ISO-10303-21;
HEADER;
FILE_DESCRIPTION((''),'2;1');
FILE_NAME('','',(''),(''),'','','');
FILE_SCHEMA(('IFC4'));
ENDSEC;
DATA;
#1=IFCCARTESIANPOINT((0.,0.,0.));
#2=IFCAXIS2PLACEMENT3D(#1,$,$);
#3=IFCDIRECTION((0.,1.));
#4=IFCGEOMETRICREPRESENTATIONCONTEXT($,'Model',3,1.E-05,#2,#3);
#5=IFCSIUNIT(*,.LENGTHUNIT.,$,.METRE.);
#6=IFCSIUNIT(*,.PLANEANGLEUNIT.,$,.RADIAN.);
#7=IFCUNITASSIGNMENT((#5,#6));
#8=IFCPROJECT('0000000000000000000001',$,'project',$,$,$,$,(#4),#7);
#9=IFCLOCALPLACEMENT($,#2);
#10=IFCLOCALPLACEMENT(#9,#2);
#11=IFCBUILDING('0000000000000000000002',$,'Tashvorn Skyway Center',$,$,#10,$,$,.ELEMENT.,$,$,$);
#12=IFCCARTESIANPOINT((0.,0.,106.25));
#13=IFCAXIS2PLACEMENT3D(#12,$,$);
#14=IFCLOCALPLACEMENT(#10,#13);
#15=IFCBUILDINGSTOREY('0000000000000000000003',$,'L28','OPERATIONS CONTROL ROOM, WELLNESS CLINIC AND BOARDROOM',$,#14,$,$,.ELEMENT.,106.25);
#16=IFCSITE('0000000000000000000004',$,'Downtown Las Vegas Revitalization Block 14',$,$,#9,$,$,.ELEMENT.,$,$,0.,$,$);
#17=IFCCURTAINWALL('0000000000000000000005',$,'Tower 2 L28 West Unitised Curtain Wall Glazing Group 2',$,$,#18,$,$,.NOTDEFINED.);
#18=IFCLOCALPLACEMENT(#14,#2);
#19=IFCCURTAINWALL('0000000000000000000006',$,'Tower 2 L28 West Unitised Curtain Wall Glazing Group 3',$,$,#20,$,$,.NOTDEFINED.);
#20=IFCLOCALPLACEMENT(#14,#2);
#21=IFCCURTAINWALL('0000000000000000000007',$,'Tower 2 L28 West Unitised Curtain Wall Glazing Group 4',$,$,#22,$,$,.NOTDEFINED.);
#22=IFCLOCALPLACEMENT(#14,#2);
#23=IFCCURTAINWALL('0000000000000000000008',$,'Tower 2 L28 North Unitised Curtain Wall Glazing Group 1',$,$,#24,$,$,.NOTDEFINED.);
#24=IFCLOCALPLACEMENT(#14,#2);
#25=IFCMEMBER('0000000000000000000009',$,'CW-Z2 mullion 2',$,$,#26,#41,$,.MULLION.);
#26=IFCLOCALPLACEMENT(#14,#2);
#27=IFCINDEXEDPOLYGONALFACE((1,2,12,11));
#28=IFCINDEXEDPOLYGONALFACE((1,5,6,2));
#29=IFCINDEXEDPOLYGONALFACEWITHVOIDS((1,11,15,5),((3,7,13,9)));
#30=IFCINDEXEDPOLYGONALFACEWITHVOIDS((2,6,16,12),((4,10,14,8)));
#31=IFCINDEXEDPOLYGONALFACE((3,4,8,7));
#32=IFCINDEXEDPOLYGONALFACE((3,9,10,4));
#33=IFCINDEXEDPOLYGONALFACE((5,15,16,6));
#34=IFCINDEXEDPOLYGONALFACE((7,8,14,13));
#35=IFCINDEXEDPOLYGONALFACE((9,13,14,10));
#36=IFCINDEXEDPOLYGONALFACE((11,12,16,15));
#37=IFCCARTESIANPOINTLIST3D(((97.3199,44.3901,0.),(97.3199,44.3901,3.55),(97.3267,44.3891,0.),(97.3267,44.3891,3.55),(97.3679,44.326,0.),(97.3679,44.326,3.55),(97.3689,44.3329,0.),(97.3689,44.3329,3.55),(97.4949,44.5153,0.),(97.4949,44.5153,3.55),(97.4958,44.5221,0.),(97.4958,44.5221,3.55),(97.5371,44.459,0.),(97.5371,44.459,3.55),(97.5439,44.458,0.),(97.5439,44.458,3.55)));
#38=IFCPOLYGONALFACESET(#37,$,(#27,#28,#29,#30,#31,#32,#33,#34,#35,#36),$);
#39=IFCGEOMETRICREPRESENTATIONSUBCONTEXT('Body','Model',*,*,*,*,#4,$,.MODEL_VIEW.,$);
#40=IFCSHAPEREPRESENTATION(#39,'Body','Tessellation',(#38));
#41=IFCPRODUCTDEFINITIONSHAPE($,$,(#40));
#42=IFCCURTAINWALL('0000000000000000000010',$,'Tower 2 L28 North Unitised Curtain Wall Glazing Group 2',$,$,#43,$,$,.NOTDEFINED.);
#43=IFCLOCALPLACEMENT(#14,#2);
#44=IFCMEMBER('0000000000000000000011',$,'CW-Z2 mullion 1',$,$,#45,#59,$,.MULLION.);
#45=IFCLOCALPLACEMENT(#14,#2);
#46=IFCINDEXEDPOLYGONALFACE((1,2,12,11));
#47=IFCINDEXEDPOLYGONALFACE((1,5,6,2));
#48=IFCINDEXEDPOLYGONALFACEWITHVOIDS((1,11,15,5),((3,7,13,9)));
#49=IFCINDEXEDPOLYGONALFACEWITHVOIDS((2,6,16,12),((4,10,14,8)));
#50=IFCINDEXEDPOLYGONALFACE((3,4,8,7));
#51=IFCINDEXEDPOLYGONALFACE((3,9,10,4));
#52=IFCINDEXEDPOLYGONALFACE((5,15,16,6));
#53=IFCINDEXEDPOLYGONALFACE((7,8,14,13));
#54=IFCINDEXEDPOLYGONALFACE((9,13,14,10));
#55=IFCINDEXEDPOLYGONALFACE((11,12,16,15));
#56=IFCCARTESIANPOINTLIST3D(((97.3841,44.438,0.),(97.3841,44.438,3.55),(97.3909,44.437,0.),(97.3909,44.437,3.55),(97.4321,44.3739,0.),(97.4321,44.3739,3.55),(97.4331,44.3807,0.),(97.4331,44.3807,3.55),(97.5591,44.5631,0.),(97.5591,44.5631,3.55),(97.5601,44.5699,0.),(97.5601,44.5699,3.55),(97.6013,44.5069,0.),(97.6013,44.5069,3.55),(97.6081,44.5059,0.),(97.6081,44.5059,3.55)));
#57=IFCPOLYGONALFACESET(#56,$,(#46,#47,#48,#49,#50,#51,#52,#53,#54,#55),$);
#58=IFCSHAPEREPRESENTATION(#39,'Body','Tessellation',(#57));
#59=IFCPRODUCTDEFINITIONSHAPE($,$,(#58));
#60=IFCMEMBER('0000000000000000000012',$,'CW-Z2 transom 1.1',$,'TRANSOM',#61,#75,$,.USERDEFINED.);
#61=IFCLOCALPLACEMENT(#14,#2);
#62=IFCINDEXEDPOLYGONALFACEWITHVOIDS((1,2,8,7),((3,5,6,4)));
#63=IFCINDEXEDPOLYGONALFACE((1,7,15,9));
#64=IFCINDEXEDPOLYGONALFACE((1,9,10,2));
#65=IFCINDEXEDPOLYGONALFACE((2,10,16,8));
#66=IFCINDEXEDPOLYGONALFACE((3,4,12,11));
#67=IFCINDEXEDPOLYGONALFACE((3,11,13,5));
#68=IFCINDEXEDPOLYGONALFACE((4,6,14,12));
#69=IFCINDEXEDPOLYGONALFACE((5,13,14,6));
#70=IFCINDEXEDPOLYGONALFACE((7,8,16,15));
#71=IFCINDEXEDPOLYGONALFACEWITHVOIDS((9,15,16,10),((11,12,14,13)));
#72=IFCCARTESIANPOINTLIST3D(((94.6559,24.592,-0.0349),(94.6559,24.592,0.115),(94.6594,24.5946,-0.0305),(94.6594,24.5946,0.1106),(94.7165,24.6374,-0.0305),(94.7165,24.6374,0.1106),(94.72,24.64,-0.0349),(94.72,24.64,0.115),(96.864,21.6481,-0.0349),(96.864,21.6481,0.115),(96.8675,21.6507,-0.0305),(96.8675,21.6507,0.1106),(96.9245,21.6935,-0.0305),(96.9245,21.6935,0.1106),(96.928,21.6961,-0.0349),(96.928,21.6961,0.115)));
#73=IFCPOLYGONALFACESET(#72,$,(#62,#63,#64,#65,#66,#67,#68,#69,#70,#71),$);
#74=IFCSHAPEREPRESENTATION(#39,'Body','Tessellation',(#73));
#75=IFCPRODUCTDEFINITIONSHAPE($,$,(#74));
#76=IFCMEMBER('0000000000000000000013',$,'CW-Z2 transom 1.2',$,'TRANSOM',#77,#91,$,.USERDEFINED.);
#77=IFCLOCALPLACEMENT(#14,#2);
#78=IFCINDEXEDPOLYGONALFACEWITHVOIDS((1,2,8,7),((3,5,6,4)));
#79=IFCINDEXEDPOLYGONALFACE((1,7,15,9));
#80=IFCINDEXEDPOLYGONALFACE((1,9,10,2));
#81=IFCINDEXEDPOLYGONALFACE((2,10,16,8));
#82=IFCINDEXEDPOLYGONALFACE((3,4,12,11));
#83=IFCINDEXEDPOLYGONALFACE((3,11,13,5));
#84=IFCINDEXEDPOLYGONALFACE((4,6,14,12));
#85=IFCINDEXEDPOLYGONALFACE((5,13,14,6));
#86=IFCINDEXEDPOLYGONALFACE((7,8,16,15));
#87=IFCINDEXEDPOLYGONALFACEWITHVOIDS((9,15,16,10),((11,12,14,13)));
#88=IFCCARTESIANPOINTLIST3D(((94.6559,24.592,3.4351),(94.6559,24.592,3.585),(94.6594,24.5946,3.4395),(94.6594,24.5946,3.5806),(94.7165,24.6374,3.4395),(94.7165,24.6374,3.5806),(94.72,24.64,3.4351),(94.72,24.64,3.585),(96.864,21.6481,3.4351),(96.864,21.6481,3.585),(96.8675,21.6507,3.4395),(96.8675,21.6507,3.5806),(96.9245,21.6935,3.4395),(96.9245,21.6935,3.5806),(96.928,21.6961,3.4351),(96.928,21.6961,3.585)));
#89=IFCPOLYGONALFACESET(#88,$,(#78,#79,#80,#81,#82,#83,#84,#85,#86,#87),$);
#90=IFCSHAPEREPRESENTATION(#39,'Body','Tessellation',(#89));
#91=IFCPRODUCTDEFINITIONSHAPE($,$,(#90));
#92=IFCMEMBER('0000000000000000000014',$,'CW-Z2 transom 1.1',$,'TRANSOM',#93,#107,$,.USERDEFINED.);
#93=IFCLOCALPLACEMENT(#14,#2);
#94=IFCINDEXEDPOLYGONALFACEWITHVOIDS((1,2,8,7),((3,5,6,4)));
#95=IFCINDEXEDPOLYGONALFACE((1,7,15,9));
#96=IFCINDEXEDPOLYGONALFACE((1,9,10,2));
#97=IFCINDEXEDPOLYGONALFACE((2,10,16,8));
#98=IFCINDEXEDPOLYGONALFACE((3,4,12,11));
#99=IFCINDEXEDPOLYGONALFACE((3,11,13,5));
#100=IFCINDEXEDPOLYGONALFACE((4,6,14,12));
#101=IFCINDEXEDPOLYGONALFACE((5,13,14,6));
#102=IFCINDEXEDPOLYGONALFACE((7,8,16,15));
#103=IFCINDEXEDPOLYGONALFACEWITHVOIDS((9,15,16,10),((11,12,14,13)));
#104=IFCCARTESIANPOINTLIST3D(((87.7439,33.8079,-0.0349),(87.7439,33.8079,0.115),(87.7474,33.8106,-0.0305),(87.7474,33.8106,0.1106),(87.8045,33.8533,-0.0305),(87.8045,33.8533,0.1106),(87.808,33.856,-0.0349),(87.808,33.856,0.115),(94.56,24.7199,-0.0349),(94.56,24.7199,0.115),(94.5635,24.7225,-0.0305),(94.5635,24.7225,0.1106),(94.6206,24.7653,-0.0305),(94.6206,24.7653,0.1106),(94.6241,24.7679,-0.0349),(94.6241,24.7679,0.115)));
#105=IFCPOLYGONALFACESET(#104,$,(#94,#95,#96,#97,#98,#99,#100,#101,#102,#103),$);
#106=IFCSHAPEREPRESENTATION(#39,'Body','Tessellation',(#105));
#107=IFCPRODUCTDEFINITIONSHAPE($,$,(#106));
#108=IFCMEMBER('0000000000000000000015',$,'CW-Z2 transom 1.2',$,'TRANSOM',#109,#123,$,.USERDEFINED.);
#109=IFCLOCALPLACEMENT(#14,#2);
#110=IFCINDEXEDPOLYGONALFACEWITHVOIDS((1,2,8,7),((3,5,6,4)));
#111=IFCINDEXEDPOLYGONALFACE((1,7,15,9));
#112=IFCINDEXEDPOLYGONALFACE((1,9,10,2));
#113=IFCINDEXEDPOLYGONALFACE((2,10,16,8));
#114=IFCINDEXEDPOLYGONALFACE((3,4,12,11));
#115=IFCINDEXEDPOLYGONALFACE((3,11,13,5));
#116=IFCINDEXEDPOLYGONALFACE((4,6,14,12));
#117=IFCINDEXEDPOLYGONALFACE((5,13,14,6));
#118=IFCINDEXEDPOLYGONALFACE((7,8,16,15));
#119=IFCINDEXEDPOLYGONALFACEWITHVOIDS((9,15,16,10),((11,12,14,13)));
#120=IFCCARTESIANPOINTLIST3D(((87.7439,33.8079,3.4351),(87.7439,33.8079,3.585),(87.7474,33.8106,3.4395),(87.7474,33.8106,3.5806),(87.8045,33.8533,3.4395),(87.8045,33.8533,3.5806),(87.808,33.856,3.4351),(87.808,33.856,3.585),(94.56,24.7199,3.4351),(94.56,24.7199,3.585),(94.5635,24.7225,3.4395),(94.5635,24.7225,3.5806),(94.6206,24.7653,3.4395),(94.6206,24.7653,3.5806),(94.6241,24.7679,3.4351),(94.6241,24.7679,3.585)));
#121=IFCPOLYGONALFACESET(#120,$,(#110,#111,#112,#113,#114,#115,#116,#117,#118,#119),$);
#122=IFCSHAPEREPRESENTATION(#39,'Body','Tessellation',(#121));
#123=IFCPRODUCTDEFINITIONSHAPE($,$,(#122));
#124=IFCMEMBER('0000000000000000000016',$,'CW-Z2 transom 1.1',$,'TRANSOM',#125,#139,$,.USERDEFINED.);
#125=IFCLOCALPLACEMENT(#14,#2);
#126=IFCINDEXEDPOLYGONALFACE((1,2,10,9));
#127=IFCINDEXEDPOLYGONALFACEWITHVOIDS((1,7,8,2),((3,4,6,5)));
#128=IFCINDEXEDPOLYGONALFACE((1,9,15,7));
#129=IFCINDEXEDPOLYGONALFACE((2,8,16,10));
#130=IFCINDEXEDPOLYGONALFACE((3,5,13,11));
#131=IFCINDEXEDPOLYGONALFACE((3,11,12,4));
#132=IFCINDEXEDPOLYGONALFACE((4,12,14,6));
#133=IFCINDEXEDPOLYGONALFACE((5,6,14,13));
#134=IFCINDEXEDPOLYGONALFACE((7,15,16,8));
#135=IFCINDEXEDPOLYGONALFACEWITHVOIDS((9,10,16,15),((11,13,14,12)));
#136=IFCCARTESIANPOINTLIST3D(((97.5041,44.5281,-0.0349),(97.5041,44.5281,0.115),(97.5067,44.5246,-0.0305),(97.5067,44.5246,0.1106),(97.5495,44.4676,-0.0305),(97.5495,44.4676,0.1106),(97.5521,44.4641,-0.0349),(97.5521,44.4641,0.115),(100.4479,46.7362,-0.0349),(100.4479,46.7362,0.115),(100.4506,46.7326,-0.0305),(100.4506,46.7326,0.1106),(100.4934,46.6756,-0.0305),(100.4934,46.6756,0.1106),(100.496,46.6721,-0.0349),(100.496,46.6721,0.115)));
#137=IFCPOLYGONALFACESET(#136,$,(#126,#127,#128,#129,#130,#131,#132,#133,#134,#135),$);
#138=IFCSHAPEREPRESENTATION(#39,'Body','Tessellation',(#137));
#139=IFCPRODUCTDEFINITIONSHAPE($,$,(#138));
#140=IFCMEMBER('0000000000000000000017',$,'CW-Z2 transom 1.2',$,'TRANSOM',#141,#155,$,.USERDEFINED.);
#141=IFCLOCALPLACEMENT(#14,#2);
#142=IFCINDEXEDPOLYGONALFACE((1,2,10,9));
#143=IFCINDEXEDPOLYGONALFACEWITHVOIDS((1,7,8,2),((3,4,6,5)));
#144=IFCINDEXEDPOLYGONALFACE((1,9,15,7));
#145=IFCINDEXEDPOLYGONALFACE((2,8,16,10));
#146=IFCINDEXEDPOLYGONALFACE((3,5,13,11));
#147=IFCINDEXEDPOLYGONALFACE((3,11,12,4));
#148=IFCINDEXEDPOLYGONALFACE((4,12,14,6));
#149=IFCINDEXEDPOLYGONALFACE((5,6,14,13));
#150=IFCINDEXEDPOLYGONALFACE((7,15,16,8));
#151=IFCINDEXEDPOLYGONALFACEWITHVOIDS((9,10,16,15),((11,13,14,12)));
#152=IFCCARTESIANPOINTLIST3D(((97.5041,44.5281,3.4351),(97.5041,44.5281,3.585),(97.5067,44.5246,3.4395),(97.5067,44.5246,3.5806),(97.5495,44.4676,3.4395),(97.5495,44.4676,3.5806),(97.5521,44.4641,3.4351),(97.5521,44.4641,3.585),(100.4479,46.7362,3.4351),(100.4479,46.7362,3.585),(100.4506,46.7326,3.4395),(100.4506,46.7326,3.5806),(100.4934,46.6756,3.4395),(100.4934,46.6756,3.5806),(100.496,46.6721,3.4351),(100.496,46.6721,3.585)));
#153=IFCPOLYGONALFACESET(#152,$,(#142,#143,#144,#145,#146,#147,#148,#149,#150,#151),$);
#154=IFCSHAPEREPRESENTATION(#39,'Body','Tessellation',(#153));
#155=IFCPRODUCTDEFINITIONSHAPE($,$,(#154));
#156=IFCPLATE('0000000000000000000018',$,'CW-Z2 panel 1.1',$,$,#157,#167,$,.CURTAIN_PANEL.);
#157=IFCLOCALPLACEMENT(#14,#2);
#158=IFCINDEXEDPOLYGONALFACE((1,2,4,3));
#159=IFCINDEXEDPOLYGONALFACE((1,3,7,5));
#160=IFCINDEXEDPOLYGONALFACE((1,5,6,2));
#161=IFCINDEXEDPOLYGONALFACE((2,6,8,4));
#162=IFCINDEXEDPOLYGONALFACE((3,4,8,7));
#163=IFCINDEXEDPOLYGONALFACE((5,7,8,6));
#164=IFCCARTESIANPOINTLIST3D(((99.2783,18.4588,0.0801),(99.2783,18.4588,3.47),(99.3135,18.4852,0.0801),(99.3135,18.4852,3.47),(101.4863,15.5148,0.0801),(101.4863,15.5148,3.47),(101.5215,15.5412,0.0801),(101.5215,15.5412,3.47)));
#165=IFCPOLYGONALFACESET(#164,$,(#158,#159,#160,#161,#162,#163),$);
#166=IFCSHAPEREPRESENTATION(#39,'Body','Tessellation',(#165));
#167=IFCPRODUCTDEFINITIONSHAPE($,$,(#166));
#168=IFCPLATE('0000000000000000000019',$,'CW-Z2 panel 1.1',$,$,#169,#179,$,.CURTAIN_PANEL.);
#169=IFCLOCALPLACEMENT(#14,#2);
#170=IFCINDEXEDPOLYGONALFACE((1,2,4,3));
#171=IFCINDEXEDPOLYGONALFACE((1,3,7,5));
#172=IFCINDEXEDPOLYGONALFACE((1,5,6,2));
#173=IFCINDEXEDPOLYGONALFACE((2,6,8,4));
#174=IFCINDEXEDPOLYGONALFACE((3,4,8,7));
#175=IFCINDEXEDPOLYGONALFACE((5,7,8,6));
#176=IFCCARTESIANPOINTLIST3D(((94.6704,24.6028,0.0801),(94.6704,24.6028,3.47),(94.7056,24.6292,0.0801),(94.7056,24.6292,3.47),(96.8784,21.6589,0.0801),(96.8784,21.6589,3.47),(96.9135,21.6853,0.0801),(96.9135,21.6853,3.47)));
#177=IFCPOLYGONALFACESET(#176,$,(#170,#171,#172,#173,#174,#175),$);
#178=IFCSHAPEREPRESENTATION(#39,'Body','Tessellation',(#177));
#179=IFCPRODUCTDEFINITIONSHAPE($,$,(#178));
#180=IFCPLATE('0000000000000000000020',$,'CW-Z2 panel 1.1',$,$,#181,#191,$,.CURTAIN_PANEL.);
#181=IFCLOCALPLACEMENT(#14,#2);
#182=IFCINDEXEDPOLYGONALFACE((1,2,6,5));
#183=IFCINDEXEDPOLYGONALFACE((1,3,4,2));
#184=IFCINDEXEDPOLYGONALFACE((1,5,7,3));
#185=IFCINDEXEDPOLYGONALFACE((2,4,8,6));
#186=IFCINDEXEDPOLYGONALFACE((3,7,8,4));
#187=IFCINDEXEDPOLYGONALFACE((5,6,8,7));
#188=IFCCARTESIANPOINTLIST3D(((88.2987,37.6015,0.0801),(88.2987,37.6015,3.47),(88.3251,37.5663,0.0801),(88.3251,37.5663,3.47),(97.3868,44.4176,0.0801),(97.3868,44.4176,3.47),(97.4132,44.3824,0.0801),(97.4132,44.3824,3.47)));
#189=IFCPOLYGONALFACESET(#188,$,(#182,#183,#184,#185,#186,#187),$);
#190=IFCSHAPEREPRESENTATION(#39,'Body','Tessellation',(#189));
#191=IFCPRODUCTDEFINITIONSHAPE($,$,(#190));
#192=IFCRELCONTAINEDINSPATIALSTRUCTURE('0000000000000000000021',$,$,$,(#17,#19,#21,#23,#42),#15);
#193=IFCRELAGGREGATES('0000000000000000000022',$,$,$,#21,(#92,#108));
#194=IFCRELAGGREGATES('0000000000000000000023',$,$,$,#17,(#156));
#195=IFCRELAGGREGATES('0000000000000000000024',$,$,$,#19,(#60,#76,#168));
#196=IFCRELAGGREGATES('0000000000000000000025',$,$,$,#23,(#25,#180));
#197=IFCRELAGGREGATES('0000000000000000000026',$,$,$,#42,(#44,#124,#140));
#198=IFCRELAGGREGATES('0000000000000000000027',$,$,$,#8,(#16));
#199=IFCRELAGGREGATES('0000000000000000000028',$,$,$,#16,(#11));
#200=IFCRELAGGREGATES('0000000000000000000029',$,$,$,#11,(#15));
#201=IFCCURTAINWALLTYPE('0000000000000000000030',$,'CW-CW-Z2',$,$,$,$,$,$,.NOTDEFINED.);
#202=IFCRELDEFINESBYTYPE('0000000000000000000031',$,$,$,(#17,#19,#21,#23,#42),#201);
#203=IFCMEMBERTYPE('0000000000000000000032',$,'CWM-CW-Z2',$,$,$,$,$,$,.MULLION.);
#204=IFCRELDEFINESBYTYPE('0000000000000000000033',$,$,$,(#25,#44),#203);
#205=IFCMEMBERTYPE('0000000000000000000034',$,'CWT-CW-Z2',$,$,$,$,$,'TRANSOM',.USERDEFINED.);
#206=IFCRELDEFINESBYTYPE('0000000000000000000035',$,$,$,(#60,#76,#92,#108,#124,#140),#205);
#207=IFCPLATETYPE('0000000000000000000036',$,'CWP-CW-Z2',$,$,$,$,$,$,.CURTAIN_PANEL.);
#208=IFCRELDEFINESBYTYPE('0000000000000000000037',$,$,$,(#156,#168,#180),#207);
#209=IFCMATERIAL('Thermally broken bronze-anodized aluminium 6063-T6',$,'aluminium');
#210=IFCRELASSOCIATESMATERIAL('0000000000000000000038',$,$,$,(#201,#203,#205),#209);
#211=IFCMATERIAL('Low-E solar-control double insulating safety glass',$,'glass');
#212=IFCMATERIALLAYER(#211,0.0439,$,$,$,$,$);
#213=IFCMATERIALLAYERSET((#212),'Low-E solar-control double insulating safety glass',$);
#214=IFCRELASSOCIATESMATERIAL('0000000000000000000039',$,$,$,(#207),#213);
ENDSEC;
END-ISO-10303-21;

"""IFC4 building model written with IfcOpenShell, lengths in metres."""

from ifc_helpers import new_model, si_unit, direction, frame, origin, origin_2d, place, context, subcontext, project, spatial, rectangle, hollow_rectangle, extrude, material, layer, layer_set, material_profile, profile_set, type_object, element, aggregate, save


model = new_model("IFC4")

# Units and contexts
model_context = context("Model", 3, precision=1e-05, world=origin(), true_north=direction((0.0, 1.0)))
body_context = subcontext(model_context, "Body", "Model", "MODEL_VIEW")
ifc_project = project(units=[si_unit("LENGTHUNIT", "METRE"), si_unit("PLANEANGLEUNIT", "RADIAN")], contexts=[model_context])

# Site, building, storey
site_placement = place(None, origin())
site = spatial("IfcSite", under=ifc_project, at=site_placement, Name="Downtown Las Vegas Revitalization Block 14", CompositionType="ELEMENT", RefElevation=0.0)
building_placement = place(site_placement, origin())
building = spatial("IfcBuilding", under=site, at=building_placement, Name="Tashvorn Skyway Center", CompositionType="ELEMENT")
storey_placement = place(building_placement, frame((0.0, 0.0, 106.25)))
storey = spatial("IfcBuildingStorey", under=building, at=storey_placement, Name="L28", Description="OPERATIONS CONTROL ROOM, WELLNESS CLINIC AND BOARDROOM", CompositionType="ELEMENT", Elevation=106.25)

# Curtain wall
ifc_material_1 = material(Name="Thermally broken bronze-anodized aluminium 6063-T6", Category="aluminium")
curtain_wall_type = type_object("IfcCurtainWallType", Name="CW-CW-Z2", PredefinedType="NOTDEFINED", material=ifc_material_1)
curtain_wall_1_placement = place(storey_placement, origin())
curtain_wall_1 = element("IfcCurtainWall", 1, at=curtain_wall_1_placement, inside=storey, type_object=curtain_wall_type, Name="Tower 2 L28 West Unitised Curtain Wall Glazing Group 2", PredefinedType="NOTDEFINED")
ifc_material_profile_1 = material_profile(ifc_material_1, hollow_rectangle(XDim=0.0801, YDim=0.22, WallThickness=0.0049, at=origin_2d()), Name="ALU-MULL-80x220")
ifc_profile_set_1 = profile_set([ifc_material_profile_1], Name="Thermally broken bronze-anodized aluminium 6063-T6")
member_type_1 = type_object("IfcMemberType", Name="CWM-CW-Z2", PredefinedType="MULLION", material=ifc_profile_set_1)

# Curtain wall
curtain_wall_2_placement = place(storey_placement, origin())
curtain_wall_2 = element("IfcCurtainWall", 2, at=curtain_wall_2_placement, inside=storey, type_object=curtain_wall_type, Name="Tower 2 L28 West Unitised Curtain Wall Glazing Group 3", PredefinedType="NOTDEFINED")

# Curtain walls, members
curtain_wall_3_placement = place(storey_placement, origin())
curtain_wall_3 = element("IfcCurtainWall", 3, at=curtain_wall_3_placement, inside=storey, type_object=curtain_wall_type, Name="Tower 2 L28 West Unitised Curtain Wall Glazing Group 4", PredefinedType="NOTDEFINED")
curtain_wall_4_placement = place(storey_placement, origin())
curtain_wall_4 = element("IfcCurtainWall", 4, at=curtain_wall_4_placement, inside=storey, type_object=curtain_wall_type, Name="Tower 2 L28 North Unitised Curtain Wall Glazing Group 1", PredefinedType="NOTDEFINED")
member_1_placement = place(storey_placement, frame((97.4319, 44.4241, 0.0), z_axis=(0.0, 0.0, 1.0), x_axis=(-0.6, 0.8, 0.0)))
member_1 = element("IfcMember", 5, at=member_1_placement, type_object=member_type_1, Name="CW-Z2 mullion 2", PredefinedType="MULLION", context=body_context, shape_type="SweptSolid", body=[
    extrude(hollow_rectangle(XDim=0.0801, YDim=0.22, WallThickness=0.0049, at=origin_2d()), origin(), (0.0, 0.0, 1.0), 3.55),
])
curtain_wall_5_placement = place(storey_placement, origin())
curtain_wall_5 = element("IfcCurtainWall", 6, at=curtain_wall_5_placement, inside=storey, type_object=curtain_wall_type, Name="Tower 2 L28 North Unitised Curtain Wall Glazing Group 2", PredefinedType="NOTDEFINED")
member_2_placement = place(storey_placement, frame((97.4961, 44.4719, 0.0), z_axis=(0.0, 0.0, 1.0), x_axis=(-0.6, 0.8, 0.0)))
member_2 = element("IfcMember", 7, at=member_2_placement, type_object=member_type_1, Name="CW-Z2 mullion 1", PredefinedType="MULLION", context=body_context, shape_type="SweptSolid", body=[
    extrude(hollow_rectangle(XDim=0.0801, YDim=0.22, WallThickness=0.0049, at=origin_2d()), origin(), (0.0, 0.0, 1.0), 3.55),
])

# Members
ifc_material_profile_2 = material_profile(ifc_material_1, hollow_rectangle(XDim=0.0801, YDim=0.1499, WallThickness=0.0044, at=origin_2d()), Name="ALU-TRAN-80x150")
ifc_profile_set_2 = profile_set([ifc_material_profile_2], Name="Thermally broken bronze-anodized aluminium 6063-T6")
member_type_2 = type_object("IfcMemberType", Name="CWT-CW-Z2", ElementType="TRANSOM", PredefinedType="USERDEFINED", material=ifc_profile_set_2)
member_3_placement = place(storey_placement, frame((96.896, 21.6721, 0.04), z_axis=(-0.600021, 0.799984, 0.0), x_axis=(-0.799984, -0.600021, 0.0)))
member_3 = element("IfcMember", 8, at=member_3_placement, type_object=member_type_2, Name="CW-Z2 transom 1.1", ObjectType="TRANSOM", PredefinedType="USERDEFINED", context=body_context, shape_type="SweptSolid", body=[
    extrude(hollow_rectangle(XDim=0.0801, YDim=0.1499, WallThickness=0.0044, at=origin_2d()), origin(), (0.0, 0.0, 1.0), 3.6799),
])
member_4_placement = place(storey_placement, frame((96.896, 21.6721, 3.51), z_axis=(-0.600021, 0.799984, 0.0), x_axis=(-0.799984, -0.600021, 0.0)))
member_4 = element("IfcMember", 9, at=member_4_placement, type_object=member_type_2, Name="CW-Z2 transom 1.2", ObjectType="TRANSOM", PredefinedType="USERDEFINED", context=body_context, shape_type="SweptSolid", body=[
    extrude(hollow_rectangle(XDim=0.0801, YDim=0.1499, WallThickness=0.0044, at=origin_2d()), origin(), (0.0, 0.0, 1.0), 3.6799),
])
member_5_placement = place(storey_placement, frame((94.592, 24.7439, 0.04), z_axis=(-0.600003, 0.799997, 0.0), x_axis=(-0.799997, -0.600003, 0.0)))
member_5 = element("IfcMember", 10, at=member_5_placement, type_object=member_type_2, Name="CW-Z2 transom 1.1", ObjectType="TRANSOM", PredefinedType="USERDEFINED", context=body_context, shape_type="SweptSolid", body=[
    extrude(hollow_rectangle(XDim=0.0801, YDim=0.1499, WallThickness=0.0044, at=origin_2d()), origin(), (0.0, 0.0, 1.0), 11.3601),
])
member_6_placement = place(storey_placement, frame((94.592, 24.7439, 3.51), z_axis=(-0.600003, 0.799997, 0.0), x_axis=(-0.799997, -0.600003, 0.0)))
member_6 = element("IfcMember", 11, at=member_6_placement, type_object=member_type_2, Name="CW-Z2 transom 1.2", ObjectType="TRANSOM", PredefinedType="USERDEFINED", context=body_context, shape_type="SweptSolid", body=[
    extrude(hollow_rectangle(XDim=0.0801, YDim=0.1499, WallThickness=0.0044, at=origin_2d()), origin(), (0.0, 0.0, 1.0), 11.3601),
])
aggregate(curtain_wall_3, [member_5, member_6])
member_7_placement = place(storey_placement, frame((97.5281, 44.4961, 0.04), z_axis=(0.799984, 0.600021, 0.0), x_axis=(-0.600021, 0.799984, 0.0)))
member_7 = element("IfcMember", 12, at=member_7_placement, type_object=member_type_2, Name="CW-Z2 transom 1.1", ObjectType="TRANSOM", PredefinedType="USERDEFINED", context=body_context, shape_type="SweptSolid", body=[
    extrude(hollow_rectangle(XDim=0.0801, YDim=0.1499, WallThickness=0.0044, at=origin_2d()), origin(), (0.0, 0.0, 1.0), 3.6799),
])
member_8_placement = place(storey_placement, frame((97.5281, 44.4961, 3.51), z_axis=(0.799984, 0.600021, 0.0), x_axis=(-0.600021, 0.799984, 0.0)))
member_8 = element("IfcMember", 13, at=member_8_placement, type_object=member_type_2, Name="CW-Z2 transom 1.2", ObjectType="TRANSOM", PredefinedType="USERDEFINED", context=body_context, shape_type="SweptSolid", body=[
    extrude(hollow_rectangle(XDim=0.0801, YDim=0.1499, WallThickness=0.0044, at=origin_2d()), origin(), (0.0, 0.0, 1.0), 3.6799),
])

# Plates
ifc_material_2 = material(Name="Low-E solar-control double insulating safety glass", Category="glass")
ifc_layer_1 = layer(ifc_material_2, 0.0439)
ifc_layer_set_1 = layer_set([ifc_layer_1], Name="Low-E solar-control double insulating safety glass")
plate_type_1 = type_object("IfcPlateType", Name="CWP-CW-Z2", PredefinedType="CURTAIN_PANEL", material=ifc_layer_set_1)
plate_1_placement = place(storey_placement, frame((100.3999, 17.0, 0.0801), z_axis=(0.0, 0.0, 1.0), x_axis=(-0.6, 0.8, 0.0)))
plate_1 = element("IfcPlate", 14, at=plate_1_placement, type_object=plate_type_1, Name="CW-Z2 panel 1.1", PredefinedType="CURTAIN_PANEL", context=body_context, shape_type="SweptSolid", body=[
    extrude(rectangle(XDim=3.6799, YDim=0.0439, at=origin_2d()), origin(), (0.0, 0.0, 1.0), 3.3899),
])
aggregate(curtain_wall_1, [plate_1])
plate_2_placement = place(storey_placement, frame((95.792, 23.144, 0.0801), z_axis=(0.0, 0.0, 1.0), x_axis=(-0.6, 0.8, 0.0)))
plate_2 = element("IfcPlate", 15, at=plate_2_placement, type_object=plate_type_1, Name="CW-Z2 panel 1.1", PredefinedType="CURTAIN_PANEL", context=body_context, shape_type="SweptSolid", body=[
    extrude(rectangle(XDim=3.6799, YDim=0.0439, at=origin_2d()), origin(), (0.0, 0.0, 1.0), 3.3899),
])
aggregate(curtain_wall_2, [member_3, member_4, plate_2])
plate_3_placement = place(storey_placement, frame((92.856, 40.9919, 0.0801), z_axis=(0.0, 0.0, 1.0), x_axis=(0.8, 0.6, 0.0)))
plate_3 = element("IfcPlate", 16, at=plate_3_placement, type_object=plate_type_1, Name="CW-Z2 panel 1.1", PredefinedType="CURTAIN_PANEL", context=body_context, shape_type="SweptSolid", body=[
    extrude(rectangle(XDim=11.3601, YDim=0.0439, at=origin_2d()), origin(), (0.0, 0.0, 1.0), 3.3899),
])
aggregate(curtain_wall_4, [member_1, plate_3])
aggregate(curtain_wall_5, [member_2, member_7, member_8])

save(model, "model.ifc")
